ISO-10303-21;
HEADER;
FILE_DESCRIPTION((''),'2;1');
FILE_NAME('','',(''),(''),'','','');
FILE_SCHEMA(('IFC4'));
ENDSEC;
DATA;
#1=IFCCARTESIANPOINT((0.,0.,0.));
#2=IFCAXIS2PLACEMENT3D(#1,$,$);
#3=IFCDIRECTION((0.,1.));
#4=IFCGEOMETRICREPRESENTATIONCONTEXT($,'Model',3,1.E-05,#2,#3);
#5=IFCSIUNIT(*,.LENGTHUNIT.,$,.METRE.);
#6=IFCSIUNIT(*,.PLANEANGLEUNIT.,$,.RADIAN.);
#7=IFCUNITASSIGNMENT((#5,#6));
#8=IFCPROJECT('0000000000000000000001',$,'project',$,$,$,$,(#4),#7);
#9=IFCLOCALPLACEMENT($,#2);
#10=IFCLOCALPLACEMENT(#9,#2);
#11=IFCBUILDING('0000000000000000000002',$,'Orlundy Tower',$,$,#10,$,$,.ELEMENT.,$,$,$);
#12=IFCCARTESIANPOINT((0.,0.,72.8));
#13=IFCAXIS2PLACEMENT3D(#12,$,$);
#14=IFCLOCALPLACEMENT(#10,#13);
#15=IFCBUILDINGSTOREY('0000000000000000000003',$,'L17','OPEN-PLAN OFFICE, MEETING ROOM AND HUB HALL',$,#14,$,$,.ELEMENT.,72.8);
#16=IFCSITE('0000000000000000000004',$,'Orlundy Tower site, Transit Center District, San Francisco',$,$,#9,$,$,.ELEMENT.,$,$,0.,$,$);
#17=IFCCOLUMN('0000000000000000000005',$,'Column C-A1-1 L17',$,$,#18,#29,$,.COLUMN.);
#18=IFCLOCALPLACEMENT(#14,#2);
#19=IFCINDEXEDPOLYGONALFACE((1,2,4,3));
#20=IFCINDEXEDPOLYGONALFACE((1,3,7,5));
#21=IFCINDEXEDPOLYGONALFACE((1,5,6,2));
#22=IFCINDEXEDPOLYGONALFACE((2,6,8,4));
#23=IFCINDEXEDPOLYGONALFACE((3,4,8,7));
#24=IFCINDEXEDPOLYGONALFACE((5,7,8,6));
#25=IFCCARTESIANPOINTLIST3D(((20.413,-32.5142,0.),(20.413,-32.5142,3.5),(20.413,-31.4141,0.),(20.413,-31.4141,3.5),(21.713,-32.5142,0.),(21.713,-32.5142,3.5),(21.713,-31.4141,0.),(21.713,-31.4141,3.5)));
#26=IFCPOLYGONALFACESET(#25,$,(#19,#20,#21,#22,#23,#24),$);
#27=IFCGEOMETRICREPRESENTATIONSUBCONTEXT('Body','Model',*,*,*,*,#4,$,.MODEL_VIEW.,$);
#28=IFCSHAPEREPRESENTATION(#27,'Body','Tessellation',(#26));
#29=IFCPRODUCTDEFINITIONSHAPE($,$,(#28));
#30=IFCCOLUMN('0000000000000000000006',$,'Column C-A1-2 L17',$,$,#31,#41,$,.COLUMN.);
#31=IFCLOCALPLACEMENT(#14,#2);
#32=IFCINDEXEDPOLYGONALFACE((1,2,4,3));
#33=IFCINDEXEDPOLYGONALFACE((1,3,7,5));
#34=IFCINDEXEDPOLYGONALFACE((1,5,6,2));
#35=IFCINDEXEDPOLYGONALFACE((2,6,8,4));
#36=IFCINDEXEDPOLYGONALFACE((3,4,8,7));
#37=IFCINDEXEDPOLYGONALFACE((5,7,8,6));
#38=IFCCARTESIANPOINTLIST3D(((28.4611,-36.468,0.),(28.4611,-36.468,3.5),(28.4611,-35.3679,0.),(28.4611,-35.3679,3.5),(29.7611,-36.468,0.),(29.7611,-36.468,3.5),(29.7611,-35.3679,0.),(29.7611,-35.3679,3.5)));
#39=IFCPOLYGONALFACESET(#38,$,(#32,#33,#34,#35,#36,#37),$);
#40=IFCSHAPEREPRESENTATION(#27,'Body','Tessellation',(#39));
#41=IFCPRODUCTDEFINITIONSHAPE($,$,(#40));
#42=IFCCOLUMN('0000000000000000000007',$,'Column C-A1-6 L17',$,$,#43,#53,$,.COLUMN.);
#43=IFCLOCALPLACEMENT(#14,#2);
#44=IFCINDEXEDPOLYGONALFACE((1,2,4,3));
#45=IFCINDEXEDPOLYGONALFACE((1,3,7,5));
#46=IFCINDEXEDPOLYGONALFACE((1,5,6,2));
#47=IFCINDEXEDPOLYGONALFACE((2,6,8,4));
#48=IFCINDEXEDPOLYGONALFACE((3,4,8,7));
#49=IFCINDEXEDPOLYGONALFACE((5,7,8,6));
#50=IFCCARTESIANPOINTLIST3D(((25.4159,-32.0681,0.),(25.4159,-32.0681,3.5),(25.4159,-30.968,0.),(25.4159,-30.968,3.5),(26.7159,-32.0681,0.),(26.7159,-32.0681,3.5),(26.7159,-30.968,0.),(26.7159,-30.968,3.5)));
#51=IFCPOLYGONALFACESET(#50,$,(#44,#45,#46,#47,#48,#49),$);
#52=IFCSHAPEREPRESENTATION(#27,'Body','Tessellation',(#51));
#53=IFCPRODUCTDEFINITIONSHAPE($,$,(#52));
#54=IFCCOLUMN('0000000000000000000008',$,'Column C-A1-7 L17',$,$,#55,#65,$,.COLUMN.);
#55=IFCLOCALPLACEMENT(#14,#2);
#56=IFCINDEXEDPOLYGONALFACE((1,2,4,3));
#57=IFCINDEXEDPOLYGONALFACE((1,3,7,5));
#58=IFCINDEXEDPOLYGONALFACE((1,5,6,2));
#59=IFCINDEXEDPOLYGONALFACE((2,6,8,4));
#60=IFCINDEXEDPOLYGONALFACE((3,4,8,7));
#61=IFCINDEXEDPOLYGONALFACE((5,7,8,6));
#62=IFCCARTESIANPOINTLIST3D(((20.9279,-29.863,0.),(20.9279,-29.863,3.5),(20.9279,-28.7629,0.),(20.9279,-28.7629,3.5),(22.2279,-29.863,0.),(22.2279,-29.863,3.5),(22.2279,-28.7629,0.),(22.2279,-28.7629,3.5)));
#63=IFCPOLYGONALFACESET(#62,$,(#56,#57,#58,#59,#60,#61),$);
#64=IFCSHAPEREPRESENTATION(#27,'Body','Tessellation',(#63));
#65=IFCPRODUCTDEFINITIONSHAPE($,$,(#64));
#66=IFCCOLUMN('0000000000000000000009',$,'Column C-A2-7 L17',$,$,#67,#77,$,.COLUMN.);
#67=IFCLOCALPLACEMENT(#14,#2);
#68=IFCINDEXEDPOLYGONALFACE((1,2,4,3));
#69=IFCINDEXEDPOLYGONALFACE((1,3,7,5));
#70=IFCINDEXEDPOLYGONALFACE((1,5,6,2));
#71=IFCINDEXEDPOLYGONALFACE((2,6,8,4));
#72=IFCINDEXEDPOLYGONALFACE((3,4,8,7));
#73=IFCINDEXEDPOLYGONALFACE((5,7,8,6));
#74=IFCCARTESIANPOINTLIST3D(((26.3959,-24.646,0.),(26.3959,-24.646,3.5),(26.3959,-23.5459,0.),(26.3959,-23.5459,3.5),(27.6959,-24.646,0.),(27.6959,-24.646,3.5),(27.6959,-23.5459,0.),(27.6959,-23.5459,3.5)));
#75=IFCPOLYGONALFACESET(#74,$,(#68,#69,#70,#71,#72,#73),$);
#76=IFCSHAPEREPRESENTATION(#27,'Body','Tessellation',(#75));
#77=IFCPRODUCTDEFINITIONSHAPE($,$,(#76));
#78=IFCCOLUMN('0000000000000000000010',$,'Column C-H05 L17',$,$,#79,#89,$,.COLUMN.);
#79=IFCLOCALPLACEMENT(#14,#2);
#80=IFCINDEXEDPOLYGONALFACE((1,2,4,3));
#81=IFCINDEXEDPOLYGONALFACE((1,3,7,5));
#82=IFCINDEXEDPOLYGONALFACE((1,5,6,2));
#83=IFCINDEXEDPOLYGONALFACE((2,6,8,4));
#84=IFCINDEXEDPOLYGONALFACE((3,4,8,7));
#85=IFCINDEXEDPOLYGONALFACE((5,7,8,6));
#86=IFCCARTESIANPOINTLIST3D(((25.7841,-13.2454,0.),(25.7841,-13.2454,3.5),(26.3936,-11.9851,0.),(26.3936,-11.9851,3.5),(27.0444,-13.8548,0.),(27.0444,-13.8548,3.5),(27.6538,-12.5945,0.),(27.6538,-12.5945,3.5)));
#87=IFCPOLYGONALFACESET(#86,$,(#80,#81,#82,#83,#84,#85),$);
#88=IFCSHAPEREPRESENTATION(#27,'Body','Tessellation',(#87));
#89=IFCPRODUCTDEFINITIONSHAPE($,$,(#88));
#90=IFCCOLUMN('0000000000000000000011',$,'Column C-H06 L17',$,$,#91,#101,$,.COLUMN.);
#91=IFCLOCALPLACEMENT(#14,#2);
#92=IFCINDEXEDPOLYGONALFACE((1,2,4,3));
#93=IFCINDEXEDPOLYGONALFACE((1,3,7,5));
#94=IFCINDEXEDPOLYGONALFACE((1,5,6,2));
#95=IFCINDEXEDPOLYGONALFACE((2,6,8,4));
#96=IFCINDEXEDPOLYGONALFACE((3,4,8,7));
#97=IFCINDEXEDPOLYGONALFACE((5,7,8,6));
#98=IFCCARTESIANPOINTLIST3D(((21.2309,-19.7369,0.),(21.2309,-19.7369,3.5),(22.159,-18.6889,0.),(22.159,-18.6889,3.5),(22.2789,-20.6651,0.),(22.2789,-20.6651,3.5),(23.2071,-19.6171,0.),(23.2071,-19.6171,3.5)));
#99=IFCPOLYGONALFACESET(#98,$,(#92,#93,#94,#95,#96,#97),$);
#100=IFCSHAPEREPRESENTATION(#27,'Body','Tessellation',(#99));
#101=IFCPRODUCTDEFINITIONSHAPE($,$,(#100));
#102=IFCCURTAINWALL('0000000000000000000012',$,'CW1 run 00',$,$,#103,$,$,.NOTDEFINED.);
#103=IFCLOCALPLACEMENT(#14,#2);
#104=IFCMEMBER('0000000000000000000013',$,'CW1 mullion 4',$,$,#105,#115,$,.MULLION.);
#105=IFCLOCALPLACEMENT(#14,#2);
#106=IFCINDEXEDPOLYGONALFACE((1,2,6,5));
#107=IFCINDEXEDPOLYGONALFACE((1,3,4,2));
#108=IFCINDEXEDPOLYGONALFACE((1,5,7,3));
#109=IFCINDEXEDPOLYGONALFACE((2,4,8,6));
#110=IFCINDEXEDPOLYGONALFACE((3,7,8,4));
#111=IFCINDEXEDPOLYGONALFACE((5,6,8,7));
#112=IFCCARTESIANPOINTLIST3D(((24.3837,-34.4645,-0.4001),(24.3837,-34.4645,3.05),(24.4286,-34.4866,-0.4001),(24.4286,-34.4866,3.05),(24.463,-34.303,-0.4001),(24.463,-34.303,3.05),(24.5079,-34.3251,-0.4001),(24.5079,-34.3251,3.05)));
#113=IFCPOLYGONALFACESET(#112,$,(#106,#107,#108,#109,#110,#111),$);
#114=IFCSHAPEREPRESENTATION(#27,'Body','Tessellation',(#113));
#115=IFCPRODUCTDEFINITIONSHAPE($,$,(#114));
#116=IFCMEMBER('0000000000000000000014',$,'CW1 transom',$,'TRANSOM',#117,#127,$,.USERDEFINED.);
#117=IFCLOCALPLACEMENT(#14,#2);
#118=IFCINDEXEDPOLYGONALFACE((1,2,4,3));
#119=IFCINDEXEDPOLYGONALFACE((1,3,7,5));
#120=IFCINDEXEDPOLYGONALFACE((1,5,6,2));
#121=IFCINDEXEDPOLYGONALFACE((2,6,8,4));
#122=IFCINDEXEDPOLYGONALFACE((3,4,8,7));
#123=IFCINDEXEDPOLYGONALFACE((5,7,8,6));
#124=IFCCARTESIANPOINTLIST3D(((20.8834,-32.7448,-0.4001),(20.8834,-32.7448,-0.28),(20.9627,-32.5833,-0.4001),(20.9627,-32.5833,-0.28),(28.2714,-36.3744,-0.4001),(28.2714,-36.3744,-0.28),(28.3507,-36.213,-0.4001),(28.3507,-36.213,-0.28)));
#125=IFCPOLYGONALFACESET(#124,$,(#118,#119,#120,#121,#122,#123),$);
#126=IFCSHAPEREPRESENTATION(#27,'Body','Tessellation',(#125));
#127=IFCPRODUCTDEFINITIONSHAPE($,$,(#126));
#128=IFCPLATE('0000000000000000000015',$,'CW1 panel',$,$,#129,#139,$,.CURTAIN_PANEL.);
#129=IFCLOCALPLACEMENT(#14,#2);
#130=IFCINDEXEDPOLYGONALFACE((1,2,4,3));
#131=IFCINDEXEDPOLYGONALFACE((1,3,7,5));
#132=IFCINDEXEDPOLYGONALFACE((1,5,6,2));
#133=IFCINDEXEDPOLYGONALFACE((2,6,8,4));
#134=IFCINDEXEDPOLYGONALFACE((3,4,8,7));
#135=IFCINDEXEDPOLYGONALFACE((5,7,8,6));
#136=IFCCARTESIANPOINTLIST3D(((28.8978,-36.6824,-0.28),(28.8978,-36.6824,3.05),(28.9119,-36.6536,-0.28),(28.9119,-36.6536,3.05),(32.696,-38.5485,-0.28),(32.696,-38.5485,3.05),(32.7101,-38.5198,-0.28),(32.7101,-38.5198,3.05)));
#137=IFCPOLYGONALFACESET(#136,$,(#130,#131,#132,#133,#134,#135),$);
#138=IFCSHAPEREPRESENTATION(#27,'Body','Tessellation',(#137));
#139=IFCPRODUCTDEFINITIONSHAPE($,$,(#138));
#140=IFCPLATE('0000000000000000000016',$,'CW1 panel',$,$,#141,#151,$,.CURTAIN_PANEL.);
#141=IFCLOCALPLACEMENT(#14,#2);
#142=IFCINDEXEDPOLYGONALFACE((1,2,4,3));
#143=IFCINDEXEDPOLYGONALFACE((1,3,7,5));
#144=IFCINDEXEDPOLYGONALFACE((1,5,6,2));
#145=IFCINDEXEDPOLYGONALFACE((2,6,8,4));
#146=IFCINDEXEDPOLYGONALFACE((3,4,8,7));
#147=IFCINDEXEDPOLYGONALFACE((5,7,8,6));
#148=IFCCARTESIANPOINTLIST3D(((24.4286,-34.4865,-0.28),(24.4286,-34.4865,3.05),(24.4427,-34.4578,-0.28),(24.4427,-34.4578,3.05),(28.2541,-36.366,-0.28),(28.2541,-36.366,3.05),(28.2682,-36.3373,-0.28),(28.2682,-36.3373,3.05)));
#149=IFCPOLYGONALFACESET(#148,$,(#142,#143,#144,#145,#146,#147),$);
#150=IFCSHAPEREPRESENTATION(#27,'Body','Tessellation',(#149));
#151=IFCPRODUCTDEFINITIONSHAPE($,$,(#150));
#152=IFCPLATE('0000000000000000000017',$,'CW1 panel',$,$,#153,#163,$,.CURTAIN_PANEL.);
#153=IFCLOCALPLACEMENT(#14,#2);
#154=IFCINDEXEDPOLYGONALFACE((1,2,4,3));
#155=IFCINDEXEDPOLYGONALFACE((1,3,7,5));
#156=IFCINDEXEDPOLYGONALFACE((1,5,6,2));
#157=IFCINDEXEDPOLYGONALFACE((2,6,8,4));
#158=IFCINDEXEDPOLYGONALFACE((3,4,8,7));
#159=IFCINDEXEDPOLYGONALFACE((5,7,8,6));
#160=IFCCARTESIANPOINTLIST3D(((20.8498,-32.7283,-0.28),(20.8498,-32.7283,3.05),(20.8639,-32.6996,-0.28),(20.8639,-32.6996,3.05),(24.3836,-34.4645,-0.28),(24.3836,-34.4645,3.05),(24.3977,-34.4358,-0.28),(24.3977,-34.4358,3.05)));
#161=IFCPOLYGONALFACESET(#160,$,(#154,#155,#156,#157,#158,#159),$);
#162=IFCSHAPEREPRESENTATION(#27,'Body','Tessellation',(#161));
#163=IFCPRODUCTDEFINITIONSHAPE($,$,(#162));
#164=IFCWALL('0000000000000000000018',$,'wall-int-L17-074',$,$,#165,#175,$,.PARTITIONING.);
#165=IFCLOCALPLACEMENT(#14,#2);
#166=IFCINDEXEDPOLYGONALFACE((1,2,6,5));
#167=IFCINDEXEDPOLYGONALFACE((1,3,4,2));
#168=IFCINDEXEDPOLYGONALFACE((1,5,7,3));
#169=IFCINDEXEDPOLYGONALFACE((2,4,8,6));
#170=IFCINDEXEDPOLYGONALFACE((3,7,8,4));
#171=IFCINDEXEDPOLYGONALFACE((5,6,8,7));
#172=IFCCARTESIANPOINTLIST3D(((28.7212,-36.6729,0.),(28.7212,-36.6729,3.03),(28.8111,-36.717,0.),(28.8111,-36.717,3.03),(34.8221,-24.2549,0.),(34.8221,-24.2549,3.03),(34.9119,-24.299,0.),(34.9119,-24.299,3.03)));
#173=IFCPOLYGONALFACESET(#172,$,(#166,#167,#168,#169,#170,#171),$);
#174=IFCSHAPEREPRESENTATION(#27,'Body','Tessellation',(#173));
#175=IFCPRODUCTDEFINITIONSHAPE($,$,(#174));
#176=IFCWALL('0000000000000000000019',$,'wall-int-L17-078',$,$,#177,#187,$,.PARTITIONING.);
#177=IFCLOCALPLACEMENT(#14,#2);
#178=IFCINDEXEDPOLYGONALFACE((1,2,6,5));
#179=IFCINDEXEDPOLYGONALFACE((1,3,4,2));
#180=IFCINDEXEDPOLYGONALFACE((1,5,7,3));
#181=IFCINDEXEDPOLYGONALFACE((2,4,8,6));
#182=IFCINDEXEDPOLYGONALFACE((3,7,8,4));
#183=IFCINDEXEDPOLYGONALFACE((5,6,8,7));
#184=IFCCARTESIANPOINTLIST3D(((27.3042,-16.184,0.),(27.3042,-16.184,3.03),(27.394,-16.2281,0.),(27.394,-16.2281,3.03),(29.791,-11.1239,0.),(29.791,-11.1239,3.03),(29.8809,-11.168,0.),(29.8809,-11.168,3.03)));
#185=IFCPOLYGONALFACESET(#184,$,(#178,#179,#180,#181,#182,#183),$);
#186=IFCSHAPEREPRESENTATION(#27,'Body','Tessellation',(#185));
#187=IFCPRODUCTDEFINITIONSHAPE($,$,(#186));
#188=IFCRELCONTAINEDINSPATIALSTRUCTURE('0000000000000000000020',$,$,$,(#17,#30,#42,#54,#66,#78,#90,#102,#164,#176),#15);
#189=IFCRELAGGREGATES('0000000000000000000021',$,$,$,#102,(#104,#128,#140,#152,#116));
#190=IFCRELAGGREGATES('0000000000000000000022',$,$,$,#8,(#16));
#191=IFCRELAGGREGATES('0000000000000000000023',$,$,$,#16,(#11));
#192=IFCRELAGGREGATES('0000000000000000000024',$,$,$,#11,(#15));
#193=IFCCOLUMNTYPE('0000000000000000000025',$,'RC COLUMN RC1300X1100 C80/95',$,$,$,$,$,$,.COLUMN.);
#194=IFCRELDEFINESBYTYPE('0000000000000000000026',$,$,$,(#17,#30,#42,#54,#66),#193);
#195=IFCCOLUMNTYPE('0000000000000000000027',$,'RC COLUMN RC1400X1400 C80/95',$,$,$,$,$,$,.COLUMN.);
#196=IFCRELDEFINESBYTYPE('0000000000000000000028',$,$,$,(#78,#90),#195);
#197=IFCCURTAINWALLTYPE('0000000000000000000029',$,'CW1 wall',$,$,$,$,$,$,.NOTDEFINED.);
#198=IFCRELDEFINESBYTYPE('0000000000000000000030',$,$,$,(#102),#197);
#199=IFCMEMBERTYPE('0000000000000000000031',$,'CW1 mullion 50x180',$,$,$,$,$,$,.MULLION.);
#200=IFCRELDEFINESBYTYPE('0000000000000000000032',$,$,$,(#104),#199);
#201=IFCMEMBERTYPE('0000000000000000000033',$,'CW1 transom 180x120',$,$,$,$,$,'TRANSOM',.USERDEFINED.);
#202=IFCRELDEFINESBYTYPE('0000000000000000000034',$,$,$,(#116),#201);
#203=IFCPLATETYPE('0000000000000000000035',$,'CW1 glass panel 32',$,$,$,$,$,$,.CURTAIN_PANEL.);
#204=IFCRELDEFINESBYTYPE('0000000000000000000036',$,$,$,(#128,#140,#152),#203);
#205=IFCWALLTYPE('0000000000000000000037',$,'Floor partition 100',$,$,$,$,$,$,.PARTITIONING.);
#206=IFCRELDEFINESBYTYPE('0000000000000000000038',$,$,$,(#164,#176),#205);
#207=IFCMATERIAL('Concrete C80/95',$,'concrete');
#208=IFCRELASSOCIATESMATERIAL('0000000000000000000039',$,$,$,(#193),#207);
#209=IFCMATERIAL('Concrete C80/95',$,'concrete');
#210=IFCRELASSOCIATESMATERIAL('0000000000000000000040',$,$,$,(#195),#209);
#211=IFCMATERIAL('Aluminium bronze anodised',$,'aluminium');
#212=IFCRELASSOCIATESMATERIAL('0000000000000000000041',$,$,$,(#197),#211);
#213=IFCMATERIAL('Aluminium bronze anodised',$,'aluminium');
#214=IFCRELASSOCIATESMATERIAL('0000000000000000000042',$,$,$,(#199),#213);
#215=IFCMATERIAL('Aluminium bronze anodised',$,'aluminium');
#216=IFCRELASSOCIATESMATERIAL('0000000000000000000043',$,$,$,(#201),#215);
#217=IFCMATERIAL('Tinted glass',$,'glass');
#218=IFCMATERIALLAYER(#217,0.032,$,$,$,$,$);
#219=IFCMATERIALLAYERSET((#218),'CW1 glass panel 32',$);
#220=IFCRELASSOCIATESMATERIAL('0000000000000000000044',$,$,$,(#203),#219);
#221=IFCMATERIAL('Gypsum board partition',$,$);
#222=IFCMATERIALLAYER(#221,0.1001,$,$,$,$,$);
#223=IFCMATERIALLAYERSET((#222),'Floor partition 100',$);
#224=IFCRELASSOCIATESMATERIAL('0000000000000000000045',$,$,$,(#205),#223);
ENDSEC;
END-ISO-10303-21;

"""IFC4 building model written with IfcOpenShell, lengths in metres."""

from ifc_helpers import new_model, si_unit, direction, frame, frame_2d, origin, origin_2d, place, context, subcontext, project, spatial, rectangle, extrude, material, layer, layer_set, material_profile, profile_set, type_object, element, aggregate, save


model = new_model("IFC4")

# Units and contexts
model_context = context("Model", 3, precision=1e-05, world=origin(), true_north=direction((0.0, 1.0)))
body_context = subcontext(model_context, "Body", "Model", "MODEL_VIEW")
ifc_project = project(units=[si_unit("LENGTHUNIT", "METRE"), si_unit("PLANEANGLEUNIT", "RADIAN")], contexts=[model_context])

# Site, building, storey
site_placement = place(None, origin())
site = spatial("IfcSite", under=ifc_project, at=site_placement, Name="Orlundy Tower site, Transit Center District, San Francisco", CompositionType="ELEMENT", RefElevation=0.0)
building_placement = place(site_placement, origin())
building = spatial("IfcBuilding", under=site, at=building_placement, Name="Orlundy Tower", CompositionType="ELEMENT")
storey_placement = place(building_placement, frame((0.0, 0.0, 72.8)))
storey = spatial("IfcBuildingStorey", under=building, at=storey_placement, Name="L17", Description="OPEN-PLAN OFFICE, MEETING ROOM AND HUB HALL", CompositionType="ELEMENT", Elevation=72.8)

# Columns
ifc_material_1 = material(Name="Concrete C80/95", Category="concrete")
ifc_material_profile_1 = material_profile(ifc_material_1, rectangle(XDim=1.3, YDim=1.1001, at=origin_2d()), Name="RC1300X1100")
ifc_profile_set_1 = profile_set([ifc_material_profile_1], Name="Concrete C80/95")
column_type_1 = type_object("IfcColumnType", Name="RC COLUMN RC1300X1100 C80/95", PredefinedType="COLUMN", material=ifc_profile_set_1)
for number, where, z_axis, x_axis, name in (
    (1, (21.063, -31.9641, 0.0), (0.0, 0.0, 1.0), (1.0, 0.0, 0.0), "Column C-A1-1 L17"),
    (2, (29.1111, -35.918, 0.0), (0.0, 0.0, 1.0), (1.0, 0.0, 0.0), "Column C-A1-2 L17"),
    (3, (26.0659, -31.5181, 0.0), (0.0, 0.0, 1.0), (1.0, 0.0, 0.0), "Column C-A1-6 L17"),
    (4, (21.5779, -29.313, 0.0), (0.0, 0.0, 1.0), (1.0, 0.0, 0.0), "Column C-A1-7 L17"),
    (5, (27.0459, -24.0959, 0.0), (0.0, 0.0, 1.0), (1.0, 0.0, 0.0), "Column C-A2-7 L17"),
):
    element("IfcColumn", number, at=place(storey_placement, frame(where, z_axis=z_axis, x_axis=x_axis)), inside=storey, type_object=column_type_1, Name=name, PredefinedType="COLUMN", context=body_context, shape_type="SweptSolid", body=[
        extrude(rectangle(XDim=1.3, YDim=1.1001, at=origin_2d()), origin(), (0.0, 0.0, 1.0), 3.5),
    ])
ifc_material_2 = material(Name="Concrete C80/95", Category="concrete")
ifc_material_profile_2 = material_profile(ifc_material_2, rectangle(XDim=1.3999, YDim=1.3999, at=origin_2d()), Name="RC1400X1400")
ifc_profile_set_2 = profile_set([ifc_material_profile_2], Name="Concrete C80/95")
column_type_2 = type_object("IfcColumnType", Name="RC COLUMN RC1400X1400 C80/95", PredefinedType="COLUMN", material=ifc_profile_set_2)
for number, where, z_axis, x_axis, name in (
    (6, (26.719, -12.9199, 0.0), (0.0, 0.0, 1.0), (0.900273, -0.435325, 0.0), "Column C-H05 L17"),
    (7, (22.219, -19.677, 0.0), (0.0, 0.0, 1.0), (0.748632, -0.662986, 0.0), "Column C-H06 L17"),
):
    element("IfcColumn", number, at=place(storey_placement, frame(where, z_axis=z_axis, x_axis=x_axis)), inside=storey, type_object=column_type_2, Name=name, PredefinedType="COLUMN", context=body_context, shape_type="SweptSolid", body=[
        extrude(rectangle(XDim=1.3999, YDim=1.3999, at=origin_2d()), origin(), (0.0, 0.0, 1.0), 3.5),
    ])

# Curtain wall, members, plates
ifc_material_3 = material(Name="Aluminium bronze anodised", Category="aluminium")
curtain_wall_type = type_object("IfcCurtainWallType", Name="CW1 wall", PredefinedType="NOTDEFINED", material=ifc_material_3)
curtain_wall_placement = place(storey_placement, origin())
curtain_wall = element("IfcCurtainWall", 8, at=curtain_wall_placement, inside=storey, type_object=curtain_wall_type, Name="CW1 run 00", PredefinedType="NOTDEFINED")
ifc_material_4 = material(Name="Aluminium bronze anodised", Category="aluminium")
ifc_material_profile_3 = material_profile(ifc_material_4, rectangle(XDim=0.1799, YDim=0.05, at=origin_2d()), Name="CW1 mullion 50x180")
ifc_profile_set_3 = profile_set([ifc_material_profile_3], Name="Aluminium bronze anodised")
member_type_1 = type_object("IfcMemberType", Name="CW1 mullion 50x180", PredefinedType="MULLION", material=ifc_profile_set_3)
member_1_placement = place(storey_placement, frame((24.4458, -34.3948, -0.4001), z_axis=(0.0, 0.0, 1.0), x_axis=(-0.440969, -0.897522, 0.0)))
member_1 = element("IfcMember", 9, at=member_1_placement, type_object=member_type_1, Name="CW1 mullion 4", PredefinedType="MULLION", context=body_context, shape_type="SweptSolid", body=[
    extrude(rectangle(XDim=0.1799, YDim=0.05, at=origin_2d()), origin(), (0.0, 0.0, 1.0), 3.4502),
])
ifc_material_5 = material(Name="Aluminium bronze anodised", Category="aluminium")
ifc_material_profile_4 = material_profile(ifc_material_5, rectangle(XDim=0.1799, YDim=0.1201, at=origin_2d()), Name="CW1 transom 180x120")
ifc_profile_set_4 = profile_set([ifc_material_profile_4], Name="Aluminium bronze anodised")
member_type_2 = type_object("IfcMemberType", Name="CW1 transom 180x120", ElementType="TRANSOM", PredefinedType="USERDEFINED", material=ifc_profile_set_4)
member_2_placement = place(storey_placement, frame((28.311, -36.2937, -0.3401), z_axis=(-0.897531, 0.44095, 0.0), x_axis=(-0.44095, -0.897531, 0.0)))
member_2 = element("IfcMember", 10, at=member_2_placement, type_object=member_type_2, Name="CW1 transom", ObjectType="TRANSOM", PredefinedType="USERDEFINED", context=body_context, shape_type="SweptSolid", body=[
    extrude(rectangle(XDim=0.1799, YDim=0.1201, at=origin_2d()), origin(), (0.0, 0.0, 1.0), 8.2314),
])
ifc_material_6 = material(Name="Tinted glass", Category="glass")
ifc_layer_1 = layer(ifc_material_6, 0.032)
ifc_layer_set_1 = layer_set([ifc_layer_1], Name="CW1 glass panel 32")
plate_type = type_object("IfcPlateType", Name="CW1 glass panel 32", PredefinedType="CURTAIN_PANEL", material=ifc_layer_set_1)
plate_1_placement = place(storey_placement, frame((30.804, -37.6011, -0.28), z_axis=(0.0, 0.0, 1.0), x_axis=(-0.897522, 0.440969, 0.0)))
plate_1 = element("IfcPlate", 11, at=plate_1_placement, type_object=plate_type, Name="CW1 panel", PredefinedType="CURTAIN_PANEL", context=body_context, shape_type="SweptSolid", body=[
    extrude(rectangle(XDim=4.2319, YDim=0.032, at=origin_2d()), origin(), (0.0, 0.0, 1.0), 3.3301),
])
plate_2_placement = place(storey_placement, frame((26.3484, -35.4119, -0.28), z_axis=(0.0, 0.0, 1.0), x_axis=(-0.897522, 0.440969, 0.0)))
plate_2 = element("IfcPlate", 12, at=plate_2_placement, type_object=plate_type, Name="CW1 panel", PredefinedType="CURTAIN_PANEL", context=body_context, shape_type="SweptSolid", body=[
    extrude(rectangle(XDim=4.2622, YDim=0.032, at=origin_2d()), origin(), (0.0, 0.0, 1.0), 3.3301),
])
plate_3_placement = place(storey_placement, frame((22.6238, -33.582, -0.28), z_axis=(0.0, 0.0, 1.0), x_axis=(-0.897522, 0.440969, 0.0)))
plate_3 = element("IfcPlate", 13, at=plate_3_placement, type_object=plate_type, Name="CW1 panel", PredefinedType="CURTAIN_PANEL", context=body_context, shape_type="SweptSolid", body=[
    extrude(rectangle(XDim=3.9373, YDim=0.032, at=origin_2d()), origin(), (0.0, 0.0, 1.0), 3.3301),
])
aggregate(curtain_wall, [member_1, plate_1, plate_2, plate_3, member_2])

# Walls
ifc_material_7 = material(Name="Gypsum board partition")
ifc_layer_2 = layer(ifc_material_7, 0.1001)
ifc_layer_set_2 = layer_set([ifc_layer_2], Name="Floor partition 100")
wall_type_1 = type_object("IfcWallType", Name="Floor partition 100", PredefinedType="PARTITIONING", material=ifc_layer_set_2)
wall_1_placement = place(storey_placement, frame((28.7661, -36.6951, 0.0), z_axis=(0.0, 0.0, 1.0), x_axis=(0.440949, 0.897532, 0.0)))
element("IfcWall", 14, at=wall_1_placement, inside=storey, type_object=wall_type_1, Name="wall-int-L17-074", PredefinedType="PARTITIONING", context=body_context, shape_type="SweptSolid", body=[
    extrude(rectangle(XDim=13.8357, YDim=0.1001, at=frame_2d((6.918, 0.0))), origin(), (0.0, 0.0, 1.0), 3.03),
])
wall_2_placement = place(storey_placement, frame((27.3491, -16.2061, 0.0), z_axis=(0.0, 0.0, 1.0), x_axis=(0.441072, 0.897472, 0.0)))
element("IfcWall", 15, at=wall_2_placement, inside=storey, type_object=wall_type_1, Name="wall-int-L17-078", PredefinedType="PARTITIONING", context=body_context, shape_type="SweptSolid", body=[
    extrude(rectangle(XDim=5.6382, YDim=0.1001, at=frame_2d((2.8191, 0.0))), origin(), (0.0, 0.0, 1.0), 3.03),
])

save(model, "model.ifc")
